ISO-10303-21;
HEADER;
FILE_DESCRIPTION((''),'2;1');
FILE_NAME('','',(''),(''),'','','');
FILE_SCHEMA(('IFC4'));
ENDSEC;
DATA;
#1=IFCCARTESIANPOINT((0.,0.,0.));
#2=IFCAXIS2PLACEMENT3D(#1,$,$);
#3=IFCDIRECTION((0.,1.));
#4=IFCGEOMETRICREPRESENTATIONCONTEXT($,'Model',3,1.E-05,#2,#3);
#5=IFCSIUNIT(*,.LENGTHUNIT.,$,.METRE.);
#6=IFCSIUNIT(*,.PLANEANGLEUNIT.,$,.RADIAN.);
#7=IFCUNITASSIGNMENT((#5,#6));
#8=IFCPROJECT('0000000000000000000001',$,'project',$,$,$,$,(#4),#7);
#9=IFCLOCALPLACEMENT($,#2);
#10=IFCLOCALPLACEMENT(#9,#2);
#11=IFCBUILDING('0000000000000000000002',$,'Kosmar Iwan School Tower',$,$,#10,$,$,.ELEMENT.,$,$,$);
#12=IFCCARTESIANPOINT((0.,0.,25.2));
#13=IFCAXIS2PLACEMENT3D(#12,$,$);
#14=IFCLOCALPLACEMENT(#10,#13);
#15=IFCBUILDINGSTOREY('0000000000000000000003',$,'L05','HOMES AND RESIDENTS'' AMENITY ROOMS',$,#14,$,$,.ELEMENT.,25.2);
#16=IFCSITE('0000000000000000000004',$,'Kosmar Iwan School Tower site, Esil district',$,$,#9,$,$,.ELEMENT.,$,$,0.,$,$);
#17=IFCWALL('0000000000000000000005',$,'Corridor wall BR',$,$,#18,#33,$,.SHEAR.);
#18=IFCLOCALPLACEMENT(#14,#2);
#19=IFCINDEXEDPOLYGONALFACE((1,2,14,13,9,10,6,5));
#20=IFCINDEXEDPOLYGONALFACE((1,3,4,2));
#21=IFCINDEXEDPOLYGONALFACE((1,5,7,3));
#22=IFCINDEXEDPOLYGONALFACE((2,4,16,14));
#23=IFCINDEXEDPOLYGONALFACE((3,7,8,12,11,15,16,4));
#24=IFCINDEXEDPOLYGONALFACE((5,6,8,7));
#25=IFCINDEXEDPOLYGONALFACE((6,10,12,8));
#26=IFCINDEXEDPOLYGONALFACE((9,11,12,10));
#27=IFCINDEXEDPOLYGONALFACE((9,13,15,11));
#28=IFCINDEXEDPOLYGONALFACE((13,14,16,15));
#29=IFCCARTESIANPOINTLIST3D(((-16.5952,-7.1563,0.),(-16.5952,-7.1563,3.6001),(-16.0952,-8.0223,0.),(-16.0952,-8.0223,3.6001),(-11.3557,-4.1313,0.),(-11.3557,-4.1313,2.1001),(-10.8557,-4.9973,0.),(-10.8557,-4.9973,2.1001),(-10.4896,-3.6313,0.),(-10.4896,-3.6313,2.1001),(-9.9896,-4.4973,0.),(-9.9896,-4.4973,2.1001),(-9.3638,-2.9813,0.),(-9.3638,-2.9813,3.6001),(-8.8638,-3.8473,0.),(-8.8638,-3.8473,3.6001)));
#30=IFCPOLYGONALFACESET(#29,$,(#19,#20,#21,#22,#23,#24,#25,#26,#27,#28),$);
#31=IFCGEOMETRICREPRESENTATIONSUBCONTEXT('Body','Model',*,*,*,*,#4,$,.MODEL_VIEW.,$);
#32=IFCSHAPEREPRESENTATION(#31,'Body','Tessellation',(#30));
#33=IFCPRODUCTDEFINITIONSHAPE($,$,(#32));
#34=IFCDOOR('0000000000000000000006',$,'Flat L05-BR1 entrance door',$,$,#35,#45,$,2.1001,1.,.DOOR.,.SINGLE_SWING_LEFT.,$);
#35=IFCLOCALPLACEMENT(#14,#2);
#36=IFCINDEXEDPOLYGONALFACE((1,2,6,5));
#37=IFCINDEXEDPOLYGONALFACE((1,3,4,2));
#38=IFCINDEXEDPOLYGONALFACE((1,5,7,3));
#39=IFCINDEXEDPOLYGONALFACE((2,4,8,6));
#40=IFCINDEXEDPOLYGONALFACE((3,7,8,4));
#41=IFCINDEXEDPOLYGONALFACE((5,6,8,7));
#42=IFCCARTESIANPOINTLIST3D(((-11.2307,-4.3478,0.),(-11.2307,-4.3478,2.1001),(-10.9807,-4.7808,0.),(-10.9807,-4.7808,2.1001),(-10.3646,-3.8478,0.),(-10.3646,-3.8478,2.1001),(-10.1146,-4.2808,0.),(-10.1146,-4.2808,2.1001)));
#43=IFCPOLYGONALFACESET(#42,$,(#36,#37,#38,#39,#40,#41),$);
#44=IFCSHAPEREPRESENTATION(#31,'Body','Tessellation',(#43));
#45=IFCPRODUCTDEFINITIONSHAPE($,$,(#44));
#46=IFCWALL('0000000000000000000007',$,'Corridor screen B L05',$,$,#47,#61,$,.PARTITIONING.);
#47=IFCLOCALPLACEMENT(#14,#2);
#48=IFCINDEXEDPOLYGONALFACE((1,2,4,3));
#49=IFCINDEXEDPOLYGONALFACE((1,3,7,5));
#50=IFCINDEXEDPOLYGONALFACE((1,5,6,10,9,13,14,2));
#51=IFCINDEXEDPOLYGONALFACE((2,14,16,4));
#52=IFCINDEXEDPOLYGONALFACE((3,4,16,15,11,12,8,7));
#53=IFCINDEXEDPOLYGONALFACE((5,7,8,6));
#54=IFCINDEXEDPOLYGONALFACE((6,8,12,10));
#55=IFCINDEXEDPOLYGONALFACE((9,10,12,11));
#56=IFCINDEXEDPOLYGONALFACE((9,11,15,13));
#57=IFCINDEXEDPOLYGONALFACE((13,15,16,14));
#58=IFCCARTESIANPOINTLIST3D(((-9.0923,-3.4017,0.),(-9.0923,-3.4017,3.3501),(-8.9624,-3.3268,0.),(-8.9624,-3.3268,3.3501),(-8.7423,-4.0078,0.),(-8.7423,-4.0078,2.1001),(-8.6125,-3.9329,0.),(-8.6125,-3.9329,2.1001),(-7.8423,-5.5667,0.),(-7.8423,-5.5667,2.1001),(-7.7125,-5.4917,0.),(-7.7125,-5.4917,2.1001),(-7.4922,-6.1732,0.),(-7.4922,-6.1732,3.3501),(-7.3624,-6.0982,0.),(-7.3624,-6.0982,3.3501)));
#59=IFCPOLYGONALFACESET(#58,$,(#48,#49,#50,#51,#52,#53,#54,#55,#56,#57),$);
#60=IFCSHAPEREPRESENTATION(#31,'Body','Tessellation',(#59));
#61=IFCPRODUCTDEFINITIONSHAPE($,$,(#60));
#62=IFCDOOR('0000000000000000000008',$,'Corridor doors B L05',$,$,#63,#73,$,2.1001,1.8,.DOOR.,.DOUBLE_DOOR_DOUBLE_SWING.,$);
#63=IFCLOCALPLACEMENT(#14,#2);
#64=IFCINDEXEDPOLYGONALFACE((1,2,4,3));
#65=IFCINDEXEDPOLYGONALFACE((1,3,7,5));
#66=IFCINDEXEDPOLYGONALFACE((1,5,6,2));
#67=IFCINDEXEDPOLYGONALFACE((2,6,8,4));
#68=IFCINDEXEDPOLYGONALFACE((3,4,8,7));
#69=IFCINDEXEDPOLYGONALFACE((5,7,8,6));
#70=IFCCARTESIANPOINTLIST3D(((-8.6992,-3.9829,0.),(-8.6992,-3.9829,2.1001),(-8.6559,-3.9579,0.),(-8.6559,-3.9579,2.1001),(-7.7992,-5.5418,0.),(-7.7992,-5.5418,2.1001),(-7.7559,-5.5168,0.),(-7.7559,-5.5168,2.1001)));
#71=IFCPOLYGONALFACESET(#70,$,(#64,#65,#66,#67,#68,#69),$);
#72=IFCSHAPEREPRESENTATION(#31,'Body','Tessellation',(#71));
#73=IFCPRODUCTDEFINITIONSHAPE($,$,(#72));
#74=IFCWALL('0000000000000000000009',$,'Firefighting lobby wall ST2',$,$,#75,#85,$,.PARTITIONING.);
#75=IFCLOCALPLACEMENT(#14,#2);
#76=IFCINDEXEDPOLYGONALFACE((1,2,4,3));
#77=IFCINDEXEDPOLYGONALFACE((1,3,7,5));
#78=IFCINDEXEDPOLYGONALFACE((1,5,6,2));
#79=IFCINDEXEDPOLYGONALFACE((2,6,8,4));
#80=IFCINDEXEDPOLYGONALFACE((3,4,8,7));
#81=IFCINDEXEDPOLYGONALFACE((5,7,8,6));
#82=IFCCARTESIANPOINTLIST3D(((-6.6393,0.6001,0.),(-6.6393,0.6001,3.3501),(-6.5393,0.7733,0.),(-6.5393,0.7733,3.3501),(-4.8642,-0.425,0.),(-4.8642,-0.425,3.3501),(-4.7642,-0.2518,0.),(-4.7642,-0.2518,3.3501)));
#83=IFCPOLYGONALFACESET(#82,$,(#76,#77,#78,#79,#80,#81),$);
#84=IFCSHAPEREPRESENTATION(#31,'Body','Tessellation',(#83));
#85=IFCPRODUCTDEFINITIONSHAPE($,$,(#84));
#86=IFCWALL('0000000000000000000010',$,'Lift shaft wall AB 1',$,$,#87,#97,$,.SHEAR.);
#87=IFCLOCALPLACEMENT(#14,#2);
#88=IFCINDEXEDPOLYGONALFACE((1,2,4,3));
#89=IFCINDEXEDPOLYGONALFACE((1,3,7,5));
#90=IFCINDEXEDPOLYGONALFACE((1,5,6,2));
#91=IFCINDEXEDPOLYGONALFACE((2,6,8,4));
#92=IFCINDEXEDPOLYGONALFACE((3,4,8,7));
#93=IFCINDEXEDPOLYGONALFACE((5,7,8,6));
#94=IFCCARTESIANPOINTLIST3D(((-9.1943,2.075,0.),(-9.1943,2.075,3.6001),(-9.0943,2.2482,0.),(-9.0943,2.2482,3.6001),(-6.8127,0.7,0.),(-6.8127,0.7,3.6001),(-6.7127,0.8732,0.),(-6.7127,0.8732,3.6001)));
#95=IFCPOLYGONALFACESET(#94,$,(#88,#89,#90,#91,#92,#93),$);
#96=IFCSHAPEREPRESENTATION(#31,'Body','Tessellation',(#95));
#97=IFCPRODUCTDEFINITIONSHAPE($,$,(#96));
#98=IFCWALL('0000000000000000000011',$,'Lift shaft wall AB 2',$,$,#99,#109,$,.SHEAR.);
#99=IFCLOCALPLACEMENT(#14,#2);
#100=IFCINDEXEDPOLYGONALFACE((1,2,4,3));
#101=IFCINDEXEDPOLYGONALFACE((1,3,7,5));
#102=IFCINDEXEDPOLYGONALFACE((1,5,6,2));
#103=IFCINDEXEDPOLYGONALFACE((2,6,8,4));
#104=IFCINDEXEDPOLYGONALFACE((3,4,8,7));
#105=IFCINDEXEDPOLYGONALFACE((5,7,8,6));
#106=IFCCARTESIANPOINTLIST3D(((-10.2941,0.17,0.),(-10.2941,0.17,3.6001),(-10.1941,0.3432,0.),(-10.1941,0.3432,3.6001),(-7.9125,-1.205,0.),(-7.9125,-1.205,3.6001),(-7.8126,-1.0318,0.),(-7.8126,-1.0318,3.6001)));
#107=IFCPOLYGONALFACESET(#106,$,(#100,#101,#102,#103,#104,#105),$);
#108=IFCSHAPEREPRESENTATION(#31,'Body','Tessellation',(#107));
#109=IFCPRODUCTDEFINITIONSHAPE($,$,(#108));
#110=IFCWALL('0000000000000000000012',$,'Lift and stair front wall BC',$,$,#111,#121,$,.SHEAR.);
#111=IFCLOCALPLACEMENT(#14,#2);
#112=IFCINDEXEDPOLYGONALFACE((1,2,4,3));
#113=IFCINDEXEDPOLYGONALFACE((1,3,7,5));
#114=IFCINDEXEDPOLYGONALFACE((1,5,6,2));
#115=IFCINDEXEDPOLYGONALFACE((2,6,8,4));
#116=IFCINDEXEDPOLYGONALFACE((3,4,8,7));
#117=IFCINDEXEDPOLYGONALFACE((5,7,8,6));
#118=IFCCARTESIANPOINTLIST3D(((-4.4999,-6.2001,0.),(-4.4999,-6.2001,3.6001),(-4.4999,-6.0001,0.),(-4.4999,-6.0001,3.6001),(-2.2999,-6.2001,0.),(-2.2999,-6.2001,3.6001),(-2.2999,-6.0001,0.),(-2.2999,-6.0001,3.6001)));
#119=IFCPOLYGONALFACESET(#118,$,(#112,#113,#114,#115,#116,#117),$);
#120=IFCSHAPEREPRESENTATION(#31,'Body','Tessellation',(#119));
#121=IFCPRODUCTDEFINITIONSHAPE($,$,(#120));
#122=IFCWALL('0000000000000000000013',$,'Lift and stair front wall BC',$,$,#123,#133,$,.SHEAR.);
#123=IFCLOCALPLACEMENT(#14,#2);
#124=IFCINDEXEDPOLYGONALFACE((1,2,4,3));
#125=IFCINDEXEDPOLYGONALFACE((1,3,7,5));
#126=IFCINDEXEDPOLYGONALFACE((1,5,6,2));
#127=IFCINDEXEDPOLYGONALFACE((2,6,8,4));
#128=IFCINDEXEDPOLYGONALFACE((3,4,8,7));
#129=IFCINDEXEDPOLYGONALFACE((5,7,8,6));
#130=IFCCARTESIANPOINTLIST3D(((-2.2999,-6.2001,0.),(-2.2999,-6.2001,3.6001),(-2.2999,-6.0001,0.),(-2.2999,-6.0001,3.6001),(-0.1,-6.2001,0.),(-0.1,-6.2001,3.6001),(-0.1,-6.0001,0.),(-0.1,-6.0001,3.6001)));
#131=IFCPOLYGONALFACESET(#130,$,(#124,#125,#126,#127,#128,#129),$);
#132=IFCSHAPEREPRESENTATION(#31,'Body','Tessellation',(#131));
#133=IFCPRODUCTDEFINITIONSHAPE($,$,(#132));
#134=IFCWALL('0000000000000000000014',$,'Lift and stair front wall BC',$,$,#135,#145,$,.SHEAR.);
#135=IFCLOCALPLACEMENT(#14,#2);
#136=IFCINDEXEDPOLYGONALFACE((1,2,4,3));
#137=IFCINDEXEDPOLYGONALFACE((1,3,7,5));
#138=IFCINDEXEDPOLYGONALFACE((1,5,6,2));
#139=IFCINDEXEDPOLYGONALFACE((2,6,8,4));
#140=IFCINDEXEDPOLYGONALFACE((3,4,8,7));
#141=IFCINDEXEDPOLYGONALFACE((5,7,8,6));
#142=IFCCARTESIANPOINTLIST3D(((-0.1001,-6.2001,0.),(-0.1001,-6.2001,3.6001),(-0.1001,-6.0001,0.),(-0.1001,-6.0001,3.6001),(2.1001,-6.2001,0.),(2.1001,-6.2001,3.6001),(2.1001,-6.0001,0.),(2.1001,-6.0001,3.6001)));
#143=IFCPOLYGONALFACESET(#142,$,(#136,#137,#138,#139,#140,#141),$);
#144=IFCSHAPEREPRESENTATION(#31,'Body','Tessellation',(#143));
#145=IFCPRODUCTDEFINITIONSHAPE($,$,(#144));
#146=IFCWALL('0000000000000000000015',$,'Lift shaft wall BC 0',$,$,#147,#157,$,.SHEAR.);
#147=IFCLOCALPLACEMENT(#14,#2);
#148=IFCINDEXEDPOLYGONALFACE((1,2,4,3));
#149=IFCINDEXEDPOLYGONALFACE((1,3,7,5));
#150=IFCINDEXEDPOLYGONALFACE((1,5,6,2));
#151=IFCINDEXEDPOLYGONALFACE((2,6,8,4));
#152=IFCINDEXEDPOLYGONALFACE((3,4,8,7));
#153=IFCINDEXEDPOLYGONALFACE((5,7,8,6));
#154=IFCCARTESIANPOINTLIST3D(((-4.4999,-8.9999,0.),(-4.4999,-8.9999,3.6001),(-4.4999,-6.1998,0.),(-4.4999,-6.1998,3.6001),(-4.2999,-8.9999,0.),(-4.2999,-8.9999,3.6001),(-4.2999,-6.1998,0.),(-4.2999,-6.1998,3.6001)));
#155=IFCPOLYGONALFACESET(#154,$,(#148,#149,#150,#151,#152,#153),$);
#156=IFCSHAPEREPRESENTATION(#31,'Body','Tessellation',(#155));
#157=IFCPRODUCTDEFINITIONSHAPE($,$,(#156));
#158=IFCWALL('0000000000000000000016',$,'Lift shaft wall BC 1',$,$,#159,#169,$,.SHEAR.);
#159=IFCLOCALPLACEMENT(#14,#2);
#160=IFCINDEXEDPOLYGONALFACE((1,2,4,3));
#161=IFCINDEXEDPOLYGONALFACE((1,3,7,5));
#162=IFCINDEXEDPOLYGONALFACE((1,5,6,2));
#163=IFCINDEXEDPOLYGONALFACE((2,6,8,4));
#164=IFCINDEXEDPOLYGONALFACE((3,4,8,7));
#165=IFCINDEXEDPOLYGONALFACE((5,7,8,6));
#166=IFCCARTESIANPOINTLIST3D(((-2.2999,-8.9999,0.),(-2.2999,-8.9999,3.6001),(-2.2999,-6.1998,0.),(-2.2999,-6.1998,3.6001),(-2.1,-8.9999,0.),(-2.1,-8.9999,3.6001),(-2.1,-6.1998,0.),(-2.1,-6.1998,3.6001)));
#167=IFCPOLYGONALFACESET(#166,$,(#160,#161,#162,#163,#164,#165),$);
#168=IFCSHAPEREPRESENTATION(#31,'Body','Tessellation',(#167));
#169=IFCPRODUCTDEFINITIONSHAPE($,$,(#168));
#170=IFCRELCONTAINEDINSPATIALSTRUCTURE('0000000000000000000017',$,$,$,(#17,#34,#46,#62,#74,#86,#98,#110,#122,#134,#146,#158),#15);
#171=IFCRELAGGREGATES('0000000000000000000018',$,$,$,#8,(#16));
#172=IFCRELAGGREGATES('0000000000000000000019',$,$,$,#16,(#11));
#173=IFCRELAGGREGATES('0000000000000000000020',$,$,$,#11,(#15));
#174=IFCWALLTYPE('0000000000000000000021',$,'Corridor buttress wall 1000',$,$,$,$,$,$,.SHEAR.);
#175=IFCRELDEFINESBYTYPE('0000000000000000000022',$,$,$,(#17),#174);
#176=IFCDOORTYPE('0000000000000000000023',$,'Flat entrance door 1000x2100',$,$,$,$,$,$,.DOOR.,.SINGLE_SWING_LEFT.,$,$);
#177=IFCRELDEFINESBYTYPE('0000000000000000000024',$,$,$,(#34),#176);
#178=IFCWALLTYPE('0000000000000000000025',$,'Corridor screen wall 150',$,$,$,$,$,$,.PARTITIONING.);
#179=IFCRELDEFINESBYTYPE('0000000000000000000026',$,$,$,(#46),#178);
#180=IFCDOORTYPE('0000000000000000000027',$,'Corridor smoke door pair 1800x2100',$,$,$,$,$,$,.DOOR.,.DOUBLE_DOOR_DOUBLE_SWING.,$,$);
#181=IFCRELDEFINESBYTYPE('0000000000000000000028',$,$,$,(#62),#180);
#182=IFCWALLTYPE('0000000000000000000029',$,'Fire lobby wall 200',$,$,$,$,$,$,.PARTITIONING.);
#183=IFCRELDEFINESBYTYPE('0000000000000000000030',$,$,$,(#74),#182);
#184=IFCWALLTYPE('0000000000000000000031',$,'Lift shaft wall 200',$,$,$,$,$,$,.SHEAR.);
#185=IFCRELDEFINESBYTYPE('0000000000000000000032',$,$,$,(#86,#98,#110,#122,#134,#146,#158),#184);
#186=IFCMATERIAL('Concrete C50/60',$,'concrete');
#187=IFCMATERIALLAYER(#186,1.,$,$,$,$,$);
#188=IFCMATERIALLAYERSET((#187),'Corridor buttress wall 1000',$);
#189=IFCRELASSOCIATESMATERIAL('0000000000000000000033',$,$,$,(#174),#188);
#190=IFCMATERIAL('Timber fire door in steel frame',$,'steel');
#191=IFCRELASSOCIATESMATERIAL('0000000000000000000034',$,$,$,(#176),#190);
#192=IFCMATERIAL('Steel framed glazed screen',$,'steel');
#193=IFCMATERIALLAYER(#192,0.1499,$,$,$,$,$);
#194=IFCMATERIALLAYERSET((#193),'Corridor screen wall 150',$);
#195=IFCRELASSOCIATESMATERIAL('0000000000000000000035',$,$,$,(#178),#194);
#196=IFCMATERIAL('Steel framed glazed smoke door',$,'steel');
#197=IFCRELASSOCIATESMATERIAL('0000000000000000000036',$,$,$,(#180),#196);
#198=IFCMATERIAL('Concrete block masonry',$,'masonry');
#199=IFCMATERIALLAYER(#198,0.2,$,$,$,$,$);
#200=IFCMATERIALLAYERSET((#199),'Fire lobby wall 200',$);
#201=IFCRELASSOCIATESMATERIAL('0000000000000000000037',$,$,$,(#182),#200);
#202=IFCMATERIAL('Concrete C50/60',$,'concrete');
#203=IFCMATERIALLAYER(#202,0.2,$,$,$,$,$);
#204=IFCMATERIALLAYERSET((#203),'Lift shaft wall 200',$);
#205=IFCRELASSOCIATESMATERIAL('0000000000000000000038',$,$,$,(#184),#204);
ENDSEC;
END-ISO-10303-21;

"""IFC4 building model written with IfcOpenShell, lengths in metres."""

from ifc_helpers import new_model, si_unit, direction, frame, frame_2d, origin, place, context, subcontext, project, spatial, rectangle, extrude, material, layer, layer_set, type_object, element, fill, save


model = new_model("IFC4")

# Units and contexts
model_context = context("Model", 3, precision=1e-05, world=origin(), true_north=direction((0.0, 1.0)))
body_context = subcontext(model_context, "Body", "Model", "MODEL_VIEW")
ifc_project = project(units=[si_unit("LENGTHUNIT", "METRE"), si_unit("PLANEANGLEUNIT", "RADIAN")], contexts=[model_context])

# Site, building, storey
site_placement = place(None, origin())
site = spatial("IfcSite", under=ifc_project, at=site_placement, Name="Kosmar Iwan School Tower site, Esil district", CompositionType="ELEMENT", RefElevation=0.0)
building_placement = place(site_placement, origin())
building = spatial("IfcBuilding", under=site, at=building_placement, Name="Kosmar Iwan School Tower", CompositionType="ELEMENT")
storey_placement = place(building_placement, frame((0.0, 0.0, 25.2)))
storey = spatial("IfcBuildingStorey", under=building, at=storey_placement, Name="L05", Description="HOMES AND RESIDENTS' AMENITY ROOMS", CompositionType="ELEMENT", Elevation=25.2)

# Walls, openings, doors
ifc_material_1 = material(Name="Concrete C50/60", Category="concrete")
ifc_layer_1 = layer(ifc_material_1, 1.0)
ifc_layer_set_1 = layer_set([ifc_layer_1], Name="Corridor buttress wall 1000")
wall_type_1 = type_object("IfcWallType", Name="Corridor buttress wall 1000", PredefinedType="SHEAR", material=ifc_layer_set_1)
ifc_material_2 = material(Name="Timber fire door in steel frame", Category="steel")
door_type_1 = type_object("IfcDoorType", Name="Flat entrance door 1000x2100", OperationType="SINGLE_SWING_LEFT", PredefinedType="DOOR", material=ifc_material_2)
wall_1_placement = place(storey_placement, frame((-9.1138, -3.4143, 0.0), z_axis=(0.0, 0.0, 1.0), x_axis=(-0.866027, -0.499997, 0.0)))
wall_1 = element("IfcWall", 1, at=wall_1_placement, inside=storey, type_object=wall_type_1, Name="Corridor wall BR", PredefinedType="SHEAR", context=body_context, shape_type="SweptSolid", body=[
    extrude(rectangle(XDim=8.3501, YDim=1.0, at=frame_2d((4.175, 0.0))), origin(), (0.0, 0.0, 1.0), 3.6001),
])
opening_1_placement = place(wall_1_placement, frame((1.3, 0.0, 0.0)))
opening_1 = element("IfcOpeningElement", 2, at=opening_1_placement, cuts=wall_1, PredefinedType="OPENING", context=body_context, shape_type="SweptSolid", body=[
    extrude(rectangle(XDim=1.0, YDim=2.1001, at=frame_2d((0.5, 1.05))), frame((0.0, 0.512, 0.0), z_axis=(0.0, -1.0, 0.0), x_axis=(1.0, 0.0, 0.0)), (0.0, 0.0, 1.0), 1.0239),
])
door_1_placement = place(opening_1_placement, origin())
door_1 = element("IfcDoor", 3, at=door_1_placement, inside=storey, type_object=door_type_1, Name="Flat L05-BR1 entrance door", OperationType="SINGLE_SWING_LEFT", OverallHeight=2.1001, OverallWidth=1.0, PredefinedType="DOOR", context=body_context, shape_type="SweptSolid", body=[
    extrude(rectangle(XDim=1.0, YDim=2.1001, at=frame_2d((0.5, 1.05))), frame((0.0, 0.25, 0.0), z_axis=(0.0, -1.0, 0.0), x_axis=(1.0, 0.0, 0.0)), (0.0, 0.0, 1.0), 0.5),
])
fill(opening_1, door_1)
ifc_material_3 = material(Name="Steel framed glazed screen", Category="steel")
ifc_layer_2 = layer(ifc_material_3, 0.1499)
ifc_layer_set_2 = layer_set([ifc_layer_2], Name="Corridor screen wall 150")
wall_type_2 = type_object("IfcWallType", Name="Corridor screen wall 150", PredefinedType="PARTITIONING", material=ifc_layer_set_2)
wall_2_placement = place(storey_placement, frame((-9.0273, -3.3643, 0.0), z_axis=(0.0, 0.0, 1.0), x_axis=(0.499995, -0.866028, 0.0)))
wall_2 = element("IfcWall", 4, at=wall_2_placement, inside=storey, type_object=wall_type_2, Name="Corridor screen B L05", PredefinedType="PARTITIONING", context=body_context, shape_type="SweptSolid", body=[
    extrude(rectangle(XDim=3.2002, YDim=0.1499, at=frame_2d((1.6001, 0.0))), origin(), (0.0, 0.0, 1.0), 3.3501),
])
opening_2_placement = place(wall_2_placement, frame((0.7, 0.0, 0.0)))
opening_2 = element("IfcOpeningElement", 5, at=opening_2_placement, cuts=wall_2, PredefinedType="OPENING", context=body_context, shape_type="SweptSolid", body=[
    extrude(rectangle(XDim=1.8, YDim=2.1001, at=frame_2d((0.8999, 1.05))), frame((0.0, 0.0869, 0.0), z_axis=(0.0, -1.0, 0.0), x_axis=(1.0, 0.0, 0.0)), (0.0, 0.0, 1.0), 0.1738),
])
ifc_material_4 = material(Name="Steel framed glazed smoke door", Category="steel")
door_type_2 = type_object("IfcDoorType", Name="Corridor smoke door pair 1800x2100", OperationType="DOUBLE_DOOR_DOUBLE_SWING", PredefinedType="DOOR", material=ifc_material_4)
door_2_placement = place(opening_2_placement, origin())
door_2 = element("IfcDoor", 6, at=door_2_placement, inside=storey, type_object=door_type_2, Name="Corridor doors B L05", OperationType="DOUBLE_DOOR_DOUBLE_SWING", OverallHeight=2.1001, OverallWidth=1.8, PredefinedType="DOOR", context=body_context, shape_type="SweptSolid", body=[
    extrude(rectangle(XDim=1.8, YDim=2.1001, at=frame_2d((0.8999, 1.05))), frame((0.0, 0.0249, 0.0), z_axis=(0.0, -1.0, 0.0), x_axis=(1.0, 0.0, 0.0)), (0.0, 0.0, 1.0), 0.05),
])
fill(opening_2, door_2)

# Walls
ifc_material_5 = material(Name="Concrete block masonry", Category="masonry")
ifc_layer_3 = layer(ifc_material_5, 0.2)
ifc_layer_set_3 = layer_set([ifc_layer_3], Name="Fire lobby wall 200")
wall_type_3 = type_object("IfcWallType", Name="Fire lobby wall 200", PredefinedType="PARTITIONING", material=ifc_layer_set_3)
wall_3_placement = place(storey_placement, frame((-4.8142, -0.3384, 0.0), z_axis=(0.0, 0.0, 1.0), x_axis=(-0.865969, 0.500097, 0.0)))
element("IfcWall", 7, at=wall_3_placement, inside=storey, type_object=wall_type_3, Name="Firefighting lobby wall ST2", PredefinedType="PARTITIONING", context=body_context, shape_type="SweptSolid", body=[
    extrude(rectangle(XDim=2.0498, YDim=0.2, at=frame_2d((1.0249, 0.0))), origin(), (0.0, 0.0, 1.0), 3.3501),
])
ifc_material_6 = material(Name="Concrete C50/60", Category="concrete")
ifc_layer_4 = layer(ifc_material_6, 0.2)
ifc_layer_set_4 = layer_set([ifc_layer_4], Name="Lift shaft wall 200")
wall_type_4 = type_object("IfcWallType", Name="Lift shaft wall 200", PredefinedType="SHEAR", material=ifc_layer_set_4)
for number, where, z_axis, x_axis, name in (
    (8, (-6.7627, 0.7866, 0.0), (0.0, 0.0, 1.0), (-0.866027, 0.499997, 0.0), "Lift shaft wall AB 1"),
    (9, (-7.8625, -1.1184, 0.0), (0.0, 0.0, 1.0), (-0.866027, 0.499997, 0.0), "Lift shaft wall AB 2"),
):
    element("IfcWall", number, at=place(storey_placement, frame(where, z_axis=z_axis, x_axis=x_axis)), inside=storey, type_object=wall_type_4, Name=name, PredefinedType="SHEAR", context=body_context, shape_type="SweptSolid", body=[
        extrude(rectangle(XDim=2.75, YDim=0.2, at=frame_2d((1.375, 0.0))), origin(), (0.0, 0.0, 1.0), 3.6001),
    ])
for number, where, z_axis, x_axis, name in (
    (10, (-4.5, -6.1001, 0.0), (0.0, 0.0, 1.0), (1.0, 0.0, 0.0), "Lift and stair front wall BC"),
    (11, (-2.3, -6.1001, 0.0), (0.0, 0.0, 1.0), (1.0, 0.0, 0.0), "Lift and stair front wall BC"),
):
    element("IfcWall", number, at=place(storey_placement, frame(where, z_axis=z_axis, x_axis=x_axis)), inside=storey, type_object=wall_type_4, Name=name, PredefinedType="SHEAR", context=body_context, shape_type="SweptSolid", body=[
        extrude(rectangle(XDim=2.2, YDim=0.2, at=frame_2d((1.1001, 0.0))), origin(), (0.0, 0.0, 1.0), 3.6001),
    ])
wall_4_placement = place(storey_placement, frame((-0.1001, -6.1001, 0.0), z_axis=(0.0, 0.0, 1.0), x_axis=(1.0, 0.0, 0.0)))
element("IfcWall", 12, at=wall_4_placement, inside=storey, type_object=wall_type_4, Name="Lift and stair front wall BC", PredefinedType="SHEAR", context=body_context, shape_type="SweptSolid", body=[
    extrude(rectangle(XDim=2.2002, YDim=0.2, at=frame_2d((1.1001, 0.0))), origin(), (0.0, 0.0, 1.0), 3.6001),
])
for number, where, z_axis, x_axis, name in (
    (13, (-4.3999, -6.2, 0.0), (0.0, 0.0, 1.0), (0.0, -1.0, 0.0), "Lift shaft wall BC 0"),
    (14, (-2.2, -6.2, 0.0), (0.0, 0.0, 1.0), (0.0, -1.0, 0.0), "Lift shaft wall BC 1"),
):
    element("IfcWall", number, at=place(storey_placement, frame(where, z_axis=z_axis, x_axis=x_axis)), inside=storey, type_object=wall_type_4, Name=name, PredefinedType="SHEAR", context=body_context, shape_type="SweptSolid", body=[
        extrude(rectangle(XDim=2.8, YDim=0.2, at=frame_2d((1.3999, 0.0))), origin(), (0.0, 0.0, 1.0), 3.6001),
    ])

save(model, "model.ifc")
